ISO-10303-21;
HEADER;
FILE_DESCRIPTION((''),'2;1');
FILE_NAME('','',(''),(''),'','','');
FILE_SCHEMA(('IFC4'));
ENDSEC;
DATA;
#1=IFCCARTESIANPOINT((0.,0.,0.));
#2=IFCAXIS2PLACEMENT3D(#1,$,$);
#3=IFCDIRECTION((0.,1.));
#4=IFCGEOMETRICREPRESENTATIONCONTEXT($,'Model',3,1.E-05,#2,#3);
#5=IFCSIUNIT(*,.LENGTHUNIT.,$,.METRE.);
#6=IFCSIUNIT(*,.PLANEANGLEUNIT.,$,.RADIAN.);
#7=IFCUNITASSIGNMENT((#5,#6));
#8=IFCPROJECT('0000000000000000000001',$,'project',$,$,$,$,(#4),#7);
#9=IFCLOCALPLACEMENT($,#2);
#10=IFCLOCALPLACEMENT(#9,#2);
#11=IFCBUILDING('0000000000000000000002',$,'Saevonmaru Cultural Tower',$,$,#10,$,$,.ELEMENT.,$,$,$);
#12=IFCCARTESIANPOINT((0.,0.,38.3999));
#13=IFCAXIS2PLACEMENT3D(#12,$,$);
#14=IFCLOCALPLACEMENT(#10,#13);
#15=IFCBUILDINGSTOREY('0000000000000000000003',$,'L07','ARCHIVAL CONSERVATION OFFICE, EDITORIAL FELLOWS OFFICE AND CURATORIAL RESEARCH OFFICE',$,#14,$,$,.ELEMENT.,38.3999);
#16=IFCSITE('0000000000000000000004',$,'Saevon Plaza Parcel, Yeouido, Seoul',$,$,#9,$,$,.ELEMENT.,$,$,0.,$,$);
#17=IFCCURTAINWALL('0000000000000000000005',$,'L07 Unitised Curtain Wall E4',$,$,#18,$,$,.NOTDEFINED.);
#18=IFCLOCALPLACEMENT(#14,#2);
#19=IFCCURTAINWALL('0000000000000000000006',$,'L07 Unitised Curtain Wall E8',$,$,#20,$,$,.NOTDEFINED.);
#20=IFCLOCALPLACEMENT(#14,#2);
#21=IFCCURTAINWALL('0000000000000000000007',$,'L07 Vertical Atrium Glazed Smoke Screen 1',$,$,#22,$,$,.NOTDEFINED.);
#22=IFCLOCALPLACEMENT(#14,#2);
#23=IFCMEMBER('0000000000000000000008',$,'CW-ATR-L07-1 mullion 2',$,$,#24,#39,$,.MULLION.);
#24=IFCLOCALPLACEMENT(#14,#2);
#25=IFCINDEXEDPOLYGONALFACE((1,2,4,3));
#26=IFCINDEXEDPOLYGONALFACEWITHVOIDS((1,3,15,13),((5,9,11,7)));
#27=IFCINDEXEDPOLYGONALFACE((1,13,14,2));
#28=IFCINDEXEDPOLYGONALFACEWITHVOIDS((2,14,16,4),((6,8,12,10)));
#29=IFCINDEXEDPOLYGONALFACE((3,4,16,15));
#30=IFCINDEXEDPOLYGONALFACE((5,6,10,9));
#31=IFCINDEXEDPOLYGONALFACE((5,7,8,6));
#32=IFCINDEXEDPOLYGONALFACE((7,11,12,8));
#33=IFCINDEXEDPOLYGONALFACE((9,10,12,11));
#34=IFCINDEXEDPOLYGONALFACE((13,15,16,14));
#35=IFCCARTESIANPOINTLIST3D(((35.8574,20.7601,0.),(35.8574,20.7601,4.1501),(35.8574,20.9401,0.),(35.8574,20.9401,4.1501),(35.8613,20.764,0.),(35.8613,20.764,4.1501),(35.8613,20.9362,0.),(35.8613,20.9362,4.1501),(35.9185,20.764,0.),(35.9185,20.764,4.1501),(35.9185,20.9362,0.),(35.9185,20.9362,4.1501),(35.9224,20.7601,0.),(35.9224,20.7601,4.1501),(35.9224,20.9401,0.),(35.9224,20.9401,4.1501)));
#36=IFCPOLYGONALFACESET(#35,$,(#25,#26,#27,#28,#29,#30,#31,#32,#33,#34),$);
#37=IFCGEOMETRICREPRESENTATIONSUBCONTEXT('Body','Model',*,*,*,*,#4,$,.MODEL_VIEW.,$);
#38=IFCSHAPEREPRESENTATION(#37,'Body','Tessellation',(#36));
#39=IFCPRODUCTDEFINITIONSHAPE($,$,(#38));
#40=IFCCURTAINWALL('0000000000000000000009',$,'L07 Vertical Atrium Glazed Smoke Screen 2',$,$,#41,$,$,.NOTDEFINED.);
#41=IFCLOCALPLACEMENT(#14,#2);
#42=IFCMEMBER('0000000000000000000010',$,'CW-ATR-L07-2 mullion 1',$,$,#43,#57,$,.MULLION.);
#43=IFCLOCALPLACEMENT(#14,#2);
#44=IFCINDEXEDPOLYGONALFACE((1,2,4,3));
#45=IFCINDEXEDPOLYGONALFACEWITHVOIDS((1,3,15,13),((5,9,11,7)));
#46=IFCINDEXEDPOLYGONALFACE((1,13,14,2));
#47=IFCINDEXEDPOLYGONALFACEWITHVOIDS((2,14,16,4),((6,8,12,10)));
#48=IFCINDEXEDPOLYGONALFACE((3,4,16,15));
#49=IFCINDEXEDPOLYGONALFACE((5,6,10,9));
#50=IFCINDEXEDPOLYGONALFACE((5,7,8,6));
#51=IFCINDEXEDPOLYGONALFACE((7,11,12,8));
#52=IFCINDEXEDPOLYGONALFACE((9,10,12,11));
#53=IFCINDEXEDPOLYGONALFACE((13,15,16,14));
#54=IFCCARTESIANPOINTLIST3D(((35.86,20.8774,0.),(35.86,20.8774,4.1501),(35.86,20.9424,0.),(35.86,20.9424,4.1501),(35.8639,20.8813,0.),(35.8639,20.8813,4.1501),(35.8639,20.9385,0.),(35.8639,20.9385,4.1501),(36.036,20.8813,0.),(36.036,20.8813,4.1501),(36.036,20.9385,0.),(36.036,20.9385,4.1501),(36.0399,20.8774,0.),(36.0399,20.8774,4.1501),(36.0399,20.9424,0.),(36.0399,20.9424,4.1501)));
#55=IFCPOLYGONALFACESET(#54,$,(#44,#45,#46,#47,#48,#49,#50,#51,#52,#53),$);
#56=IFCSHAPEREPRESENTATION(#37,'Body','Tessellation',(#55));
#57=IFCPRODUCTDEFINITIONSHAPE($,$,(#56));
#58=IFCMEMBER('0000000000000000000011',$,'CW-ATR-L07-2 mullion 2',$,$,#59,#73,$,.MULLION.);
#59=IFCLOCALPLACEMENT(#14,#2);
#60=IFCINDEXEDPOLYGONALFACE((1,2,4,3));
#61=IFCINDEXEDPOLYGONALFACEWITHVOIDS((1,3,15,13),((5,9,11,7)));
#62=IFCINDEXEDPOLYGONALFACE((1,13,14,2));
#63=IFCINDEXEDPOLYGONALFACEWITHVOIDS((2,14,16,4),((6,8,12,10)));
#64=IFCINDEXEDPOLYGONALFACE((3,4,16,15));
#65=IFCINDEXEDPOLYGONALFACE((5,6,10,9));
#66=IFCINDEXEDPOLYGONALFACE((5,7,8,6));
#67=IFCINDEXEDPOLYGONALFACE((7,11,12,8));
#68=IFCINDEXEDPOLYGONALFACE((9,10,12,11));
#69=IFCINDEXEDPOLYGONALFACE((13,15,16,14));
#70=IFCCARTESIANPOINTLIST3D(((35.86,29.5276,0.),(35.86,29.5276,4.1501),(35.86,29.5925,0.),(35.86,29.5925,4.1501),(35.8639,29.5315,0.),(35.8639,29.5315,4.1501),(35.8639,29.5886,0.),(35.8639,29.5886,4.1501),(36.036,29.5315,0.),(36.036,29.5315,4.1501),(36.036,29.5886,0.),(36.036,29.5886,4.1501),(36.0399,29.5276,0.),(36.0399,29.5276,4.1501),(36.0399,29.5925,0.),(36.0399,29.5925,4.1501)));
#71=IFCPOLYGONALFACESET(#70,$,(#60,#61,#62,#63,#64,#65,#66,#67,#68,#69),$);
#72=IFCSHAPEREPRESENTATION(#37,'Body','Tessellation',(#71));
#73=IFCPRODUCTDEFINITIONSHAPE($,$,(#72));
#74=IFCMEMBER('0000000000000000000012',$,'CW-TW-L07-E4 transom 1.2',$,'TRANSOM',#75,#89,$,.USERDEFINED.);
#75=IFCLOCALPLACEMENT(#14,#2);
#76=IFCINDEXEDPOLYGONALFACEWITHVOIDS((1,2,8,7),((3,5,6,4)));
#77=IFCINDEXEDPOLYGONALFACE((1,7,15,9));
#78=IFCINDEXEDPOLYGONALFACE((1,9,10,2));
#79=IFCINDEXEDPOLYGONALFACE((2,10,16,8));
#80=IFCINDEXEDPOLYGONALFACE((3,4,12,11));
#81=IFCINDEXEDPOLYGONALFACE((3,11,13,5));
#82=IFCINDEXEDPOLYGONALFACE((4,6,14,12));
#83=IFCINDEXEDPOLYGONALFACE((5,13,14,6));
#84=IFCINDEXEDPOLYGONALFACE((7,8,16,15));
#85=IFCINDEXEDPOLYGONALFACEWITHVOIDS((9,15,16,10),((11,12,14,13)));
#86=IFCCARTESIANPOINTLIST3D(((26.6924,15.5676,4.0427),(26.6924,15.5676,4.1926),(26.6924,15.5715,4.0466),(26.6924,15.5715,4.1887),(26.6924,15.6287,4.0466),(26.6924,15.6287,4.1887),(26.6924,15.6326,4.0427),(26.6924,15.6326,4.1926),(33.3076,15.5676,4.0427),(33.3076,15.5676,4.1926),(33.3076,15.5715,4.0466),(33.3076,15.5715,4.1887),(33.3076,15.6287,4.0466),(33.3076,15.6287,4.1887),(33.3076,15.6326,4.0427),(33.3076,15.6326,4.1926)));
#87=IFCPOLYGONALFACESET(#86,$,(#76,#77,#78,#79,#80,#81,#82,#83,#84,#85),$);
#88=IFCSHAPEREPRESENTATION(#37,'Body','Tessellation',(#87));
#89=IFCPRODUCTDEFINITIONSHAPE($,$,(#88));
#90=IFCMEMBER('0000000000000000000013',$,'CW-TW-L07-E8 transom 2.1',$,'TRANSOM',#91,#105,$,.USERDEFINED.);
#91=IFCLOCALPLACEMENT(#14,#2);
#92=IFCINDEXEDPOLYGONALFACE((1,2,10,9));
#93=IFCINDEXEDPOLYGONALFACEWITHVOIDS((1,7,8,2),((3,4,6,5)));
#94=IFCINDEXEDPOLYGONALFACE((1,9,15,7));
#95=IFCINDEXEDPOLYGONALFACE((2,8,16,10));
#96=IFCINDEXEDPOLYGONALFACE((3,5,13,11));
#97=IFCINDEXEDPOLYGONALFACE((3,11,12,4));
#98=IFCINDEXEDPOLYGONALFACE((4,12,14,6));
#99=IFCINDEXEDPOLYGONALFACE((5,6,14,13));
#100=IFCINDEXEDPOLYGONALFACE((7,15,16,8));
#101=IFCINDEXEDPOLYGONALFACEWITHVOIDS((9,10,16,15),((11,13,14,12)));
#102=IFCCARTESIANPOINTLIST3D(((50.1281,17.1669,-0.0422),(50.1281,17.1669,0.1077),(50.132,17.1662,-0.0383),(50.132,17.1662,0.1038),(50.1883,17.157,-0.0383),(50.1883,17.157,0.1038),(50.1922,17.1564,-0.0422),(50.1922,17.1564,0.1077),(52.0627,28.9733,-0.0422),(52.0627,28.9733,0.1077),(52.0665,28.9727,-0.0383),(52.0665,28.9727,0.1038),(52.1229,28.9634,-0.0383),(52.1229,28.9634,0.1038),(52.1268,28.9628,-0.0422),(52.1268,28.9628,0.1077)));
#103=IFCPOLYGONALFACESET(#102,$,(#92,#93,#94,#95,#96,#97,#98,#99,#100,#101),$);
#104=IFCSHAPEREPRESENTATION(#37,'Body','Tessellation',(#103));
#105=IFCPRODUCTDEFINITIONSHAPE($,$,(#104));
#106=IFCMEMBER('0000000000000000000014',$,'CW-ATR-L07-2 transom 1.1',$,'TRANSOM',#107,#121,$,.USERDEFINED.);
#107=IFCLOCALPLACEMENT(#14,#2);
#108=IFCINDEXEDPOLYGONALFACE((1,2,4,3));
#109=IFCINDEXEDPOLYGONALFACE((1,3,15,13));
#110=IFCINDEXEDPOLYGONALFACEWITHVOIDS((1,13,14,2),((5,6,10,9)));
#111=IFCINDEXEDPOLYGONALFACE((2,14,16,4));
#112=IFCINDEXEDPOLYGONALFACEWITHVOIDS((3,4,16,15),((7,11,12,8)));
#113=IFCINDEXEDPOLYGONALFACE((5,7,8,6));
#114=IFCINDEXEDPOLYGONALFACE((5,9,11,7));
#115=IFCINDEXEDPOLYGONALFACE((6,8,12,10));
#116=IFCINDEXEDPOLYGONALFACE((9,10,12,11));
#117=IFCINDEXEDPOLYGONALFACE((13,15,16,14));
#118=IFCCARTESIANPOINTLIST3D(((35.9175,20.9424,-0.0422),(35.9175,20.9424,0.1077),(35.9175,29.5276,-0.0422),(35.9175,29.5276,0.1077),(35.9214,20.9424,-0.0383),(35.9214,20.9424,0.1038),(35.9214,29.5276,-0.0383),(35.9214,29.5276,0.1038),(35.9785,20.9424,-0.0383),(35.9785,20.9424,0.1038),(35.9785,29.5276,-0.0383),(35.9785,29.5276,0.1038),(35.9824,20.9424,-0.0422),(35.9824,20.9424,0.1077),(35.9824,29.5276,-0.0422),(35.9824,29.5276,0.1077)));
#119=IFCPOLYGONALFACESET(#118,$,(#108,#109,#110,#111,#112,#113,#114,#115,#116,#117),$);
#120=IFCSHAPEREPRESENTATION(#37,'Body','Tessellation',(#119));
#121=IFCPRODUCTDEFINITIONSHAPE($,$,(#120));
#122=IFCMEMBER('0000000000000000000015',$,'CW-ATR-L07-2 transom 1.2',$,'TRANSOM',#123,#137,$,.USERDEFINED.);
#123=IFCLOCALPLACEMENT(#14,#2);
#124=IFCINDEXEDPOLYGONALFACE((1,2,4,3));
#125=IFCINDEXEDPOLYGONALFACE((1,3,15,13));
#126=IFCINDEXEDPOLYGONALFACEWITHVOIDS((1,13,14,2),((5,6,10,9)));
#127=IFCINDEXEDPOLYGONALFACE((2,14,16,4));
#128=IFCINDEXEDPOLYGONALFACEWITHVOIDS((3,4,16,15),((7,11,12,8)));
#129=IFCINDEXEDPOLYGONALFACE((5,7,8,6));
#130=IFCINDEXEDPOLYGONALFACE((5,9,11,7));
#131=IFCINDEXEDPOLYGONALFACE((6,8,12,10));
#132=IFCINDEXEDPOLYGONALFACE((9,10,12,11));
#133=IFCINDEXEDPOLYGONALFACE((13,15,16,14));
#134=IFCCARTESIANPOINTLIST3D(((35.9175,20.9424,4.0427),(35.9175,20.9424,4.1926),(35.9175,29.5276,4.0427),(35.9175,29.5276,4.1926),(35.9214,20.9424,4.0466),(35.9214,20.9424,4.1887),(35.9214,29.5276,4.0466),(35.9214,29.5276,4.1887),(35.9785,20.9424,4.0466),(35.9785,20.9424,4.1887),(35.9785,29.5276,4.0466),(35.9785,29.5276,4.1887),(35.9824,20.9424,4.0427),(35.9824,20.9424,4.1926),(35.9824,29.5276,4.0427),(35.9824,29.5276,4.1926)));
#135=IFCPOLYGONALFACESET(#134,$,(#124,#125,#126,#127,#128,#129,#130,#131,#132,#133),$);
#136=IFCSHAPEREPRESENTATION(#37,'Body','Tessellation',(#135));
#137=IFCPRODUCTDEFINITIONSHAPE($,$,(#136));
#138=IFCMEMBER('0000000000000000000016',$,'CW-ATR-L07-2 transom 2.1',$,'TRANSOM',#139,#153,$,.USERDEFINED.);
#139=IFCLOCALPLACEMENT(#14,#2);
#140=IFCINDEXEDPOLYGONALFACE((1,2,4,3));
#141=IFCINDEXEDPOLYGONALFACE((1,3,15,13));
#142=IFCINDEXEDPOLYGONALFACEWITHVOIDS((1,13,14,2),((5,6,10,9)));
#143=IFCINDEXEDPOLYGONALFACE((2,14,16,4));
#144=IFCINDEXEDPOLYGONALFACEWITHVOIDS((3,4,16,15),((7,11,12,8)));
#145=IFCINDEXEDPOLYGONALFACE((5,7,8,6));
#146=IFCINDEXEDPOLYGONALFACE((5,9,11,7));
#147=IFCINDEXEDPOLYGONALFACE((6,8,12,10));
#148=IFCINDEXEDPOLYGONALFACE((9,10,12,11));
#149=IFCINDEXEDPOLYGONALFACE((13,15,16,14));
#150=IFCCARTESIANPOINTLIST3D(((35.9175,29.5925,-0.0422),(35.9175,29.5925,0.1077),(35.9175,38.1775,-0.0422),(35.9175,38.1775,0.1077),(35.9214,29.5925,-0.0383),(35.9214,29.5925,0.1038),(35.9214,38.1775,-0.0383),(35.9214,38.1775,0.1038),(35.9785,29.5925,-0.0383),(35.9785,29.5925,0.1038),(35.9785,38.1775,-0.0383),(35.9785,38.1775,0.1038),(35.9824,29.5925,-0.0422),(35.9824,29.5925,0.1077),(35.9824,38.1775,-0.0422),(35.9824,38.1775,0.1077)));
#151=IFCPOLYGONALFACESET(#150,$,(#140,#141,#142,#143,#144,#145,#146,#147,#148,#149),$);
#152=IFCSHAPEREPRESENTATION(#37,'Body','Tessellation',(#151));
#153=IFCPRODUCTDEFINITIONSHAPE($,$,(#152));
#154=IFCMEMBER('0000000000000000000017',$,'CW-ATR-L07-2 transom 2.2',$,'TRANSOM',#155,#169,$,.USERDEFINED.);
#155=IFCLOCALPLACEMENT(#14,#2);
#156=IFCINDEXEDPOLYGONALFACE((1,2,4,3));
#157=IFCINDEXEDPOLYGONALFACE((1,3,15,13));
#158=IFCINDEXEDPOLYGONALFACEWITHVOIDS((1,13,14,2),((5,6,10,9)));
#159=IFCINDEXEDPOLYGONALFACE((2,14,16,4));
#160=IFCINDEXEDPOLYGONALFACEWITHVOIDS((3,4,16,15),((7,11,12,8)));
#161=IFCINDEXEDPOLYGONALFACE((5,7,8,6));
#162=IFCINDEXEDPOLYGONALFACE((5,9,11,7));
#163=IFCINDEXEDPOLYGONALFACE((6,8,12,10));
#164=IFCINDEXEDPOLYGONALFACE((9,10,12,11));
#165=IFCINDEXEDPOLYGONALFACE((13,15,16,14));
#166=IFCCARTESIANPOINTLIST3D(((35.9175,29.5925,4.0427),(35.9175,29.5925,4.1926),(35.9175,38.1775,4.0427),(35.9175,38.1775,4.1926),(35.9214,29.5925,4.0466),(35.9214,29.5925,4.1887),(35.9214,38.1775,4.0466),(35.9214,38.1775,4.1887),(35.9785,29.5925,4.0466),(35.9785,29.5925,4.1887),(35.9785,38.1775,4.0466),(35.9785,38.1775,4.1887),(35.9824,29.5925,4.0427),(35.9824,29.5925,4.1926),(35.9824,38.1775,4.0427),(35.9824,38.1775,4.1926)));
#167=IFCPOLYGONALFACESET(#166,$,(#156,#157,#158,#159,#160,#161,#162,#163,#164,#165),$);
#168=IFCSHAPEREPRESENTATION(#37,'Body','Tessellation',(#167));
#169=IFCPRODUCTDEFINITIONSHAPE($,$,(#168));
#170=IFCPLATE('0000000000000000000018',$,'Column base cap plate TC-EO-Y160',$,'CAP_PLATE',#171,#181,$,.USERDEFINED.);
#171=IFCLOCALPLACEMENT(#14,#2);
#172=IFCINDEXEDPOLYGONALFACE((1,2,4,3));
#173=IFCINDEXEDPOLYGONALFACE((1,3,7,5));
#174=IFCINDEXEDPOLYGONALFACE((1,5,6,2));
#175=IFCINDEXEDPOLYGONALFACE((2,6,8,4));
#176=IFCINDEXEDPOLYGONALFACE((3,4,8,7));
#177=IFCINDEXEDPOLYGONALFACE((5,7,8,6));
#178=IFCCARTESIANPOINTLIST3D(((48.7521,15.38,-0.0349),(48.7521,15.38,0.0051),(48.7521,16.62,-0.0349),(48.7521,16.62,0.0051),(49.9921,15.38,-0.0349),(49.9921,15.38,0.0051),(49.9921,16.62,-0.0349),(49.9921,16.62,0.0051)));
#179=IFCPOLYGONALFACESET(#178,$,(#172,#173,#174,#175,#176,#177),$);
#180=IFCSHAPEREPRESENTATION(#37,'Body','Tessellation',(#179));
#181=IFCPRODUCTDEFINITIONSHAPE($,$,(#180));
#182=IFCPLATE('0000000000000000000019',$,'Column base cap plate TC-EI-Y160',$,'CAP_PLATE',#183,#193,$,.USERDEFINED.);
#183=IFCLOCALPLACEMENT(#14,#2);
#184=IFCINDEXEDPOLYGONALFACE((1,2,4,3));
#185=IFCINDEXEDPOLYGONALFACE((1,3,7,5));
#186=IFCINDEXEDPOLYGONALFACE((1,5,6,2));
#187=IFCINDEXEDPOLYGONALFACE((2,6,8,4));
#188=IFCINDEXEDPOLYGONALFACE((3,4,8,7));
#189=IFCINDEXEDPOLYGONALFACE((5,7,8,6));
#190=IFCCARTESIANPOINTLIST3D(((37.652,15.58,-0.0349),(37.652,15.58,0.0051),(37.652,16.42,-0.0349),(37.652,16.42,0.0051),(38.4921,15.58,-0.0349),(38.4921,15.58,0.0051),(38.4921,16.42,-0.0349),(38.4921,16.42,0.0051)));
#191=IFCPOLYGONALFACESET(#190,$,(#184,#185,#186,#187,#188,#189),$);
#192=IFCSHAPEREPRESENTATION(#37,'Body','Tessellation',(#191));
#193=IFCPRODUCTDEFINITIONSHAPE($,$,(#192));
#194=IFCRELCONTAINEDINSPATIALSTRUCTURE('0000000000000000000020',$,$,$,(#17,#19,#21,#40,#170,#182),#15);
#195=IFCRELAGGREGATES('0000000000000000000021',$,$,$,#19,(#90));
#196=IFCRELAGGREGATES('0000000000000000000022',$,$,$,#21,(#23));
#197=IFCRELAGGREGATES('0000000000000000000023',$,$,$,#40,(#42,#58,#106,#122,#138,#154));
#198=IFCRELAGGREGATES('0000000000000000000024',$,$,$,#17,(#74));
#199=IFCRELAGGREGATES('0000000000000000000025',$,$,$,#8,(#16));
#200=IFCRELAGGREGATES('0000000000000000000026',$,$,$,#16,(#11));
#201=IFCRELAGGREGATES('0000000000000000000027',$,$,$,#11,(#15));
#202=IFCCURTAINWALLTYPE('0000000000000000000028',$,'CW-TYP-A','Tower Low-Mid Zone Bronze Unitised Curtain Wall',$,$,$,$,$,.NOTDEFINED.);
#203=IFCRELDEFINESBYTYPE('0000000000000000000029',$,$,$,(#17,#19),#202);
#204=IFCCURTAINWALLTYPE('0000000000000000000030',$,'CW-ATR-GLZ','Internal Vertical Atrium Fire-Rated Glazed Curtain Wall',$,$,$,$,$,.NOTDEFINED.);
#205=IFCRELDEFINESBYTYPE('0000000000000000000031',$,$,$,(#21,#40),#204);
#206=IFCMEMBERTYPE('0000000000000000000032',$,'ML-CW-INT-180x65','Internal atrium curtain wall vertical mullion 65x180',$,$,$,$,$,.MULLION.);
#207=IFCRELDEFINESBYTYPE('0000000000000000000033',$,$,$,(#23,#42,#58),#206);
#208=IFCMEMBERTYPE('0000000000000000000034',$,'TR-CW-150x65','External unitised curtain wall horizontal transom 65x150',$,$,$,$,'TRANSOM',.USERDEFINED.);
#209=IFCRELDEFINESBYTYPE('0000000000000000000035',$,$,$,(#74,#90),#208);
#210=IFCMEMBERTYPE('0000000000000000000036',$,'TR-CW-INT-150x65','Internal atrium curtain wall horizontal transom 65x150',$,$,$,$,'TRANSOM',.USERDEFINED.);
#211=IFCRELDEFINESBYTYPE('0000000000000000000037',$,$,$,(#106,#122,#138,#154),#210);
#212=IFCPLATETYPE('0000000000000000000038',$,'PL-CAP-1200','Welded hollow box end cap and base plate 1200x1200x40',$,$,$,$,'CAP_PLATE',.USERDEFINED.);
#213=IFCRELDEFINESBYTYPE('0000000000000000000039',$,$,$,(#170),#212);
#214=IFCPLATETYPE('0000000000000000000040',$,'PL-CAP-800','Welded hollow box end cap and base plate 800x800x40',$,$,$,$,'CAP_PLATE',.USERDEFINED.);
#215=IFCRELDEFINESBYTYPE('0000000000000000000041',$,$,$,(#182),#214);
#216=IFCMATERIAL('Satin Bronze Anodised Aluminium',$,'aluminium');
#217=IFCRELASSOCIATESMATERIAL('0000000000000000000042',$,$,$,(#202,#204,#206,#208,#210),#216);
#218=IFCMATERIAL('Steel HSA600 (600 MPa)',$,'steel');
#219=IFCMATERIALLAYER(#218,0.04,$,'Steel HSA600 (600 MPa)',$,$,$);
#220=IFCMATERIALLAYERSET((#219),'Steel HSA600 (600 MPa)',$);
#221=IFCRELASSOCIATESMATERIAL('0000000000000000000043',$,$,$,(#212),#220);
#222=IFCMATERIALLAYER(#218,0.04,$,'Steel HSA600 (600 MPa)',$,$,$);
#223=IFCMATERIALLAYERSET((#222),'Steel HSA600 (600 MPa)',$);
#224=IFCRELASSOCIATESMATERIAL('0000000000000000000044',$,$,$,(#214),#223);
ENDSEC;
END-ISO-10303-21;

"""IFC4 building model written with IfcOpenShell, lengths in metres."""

from ifc_helpers import new_model, si_unit, direction, frame, origin, origin_2d, place, context, subcontext, project, spatial, rectangle, hollow_rectangle, extrude, material, layer, layer_set, material_profile, profile_set, type_object, element, aggregate, save


model = new_model("IFC4")

# Units and contexts
model_context = context("Model", 3, precision=1e-05, world=origin(), true_north=direction((0.0, 1.0)))
body_context = subcontext(model_context, "Body", "Model", "MODEL_VIEW")
ifc_project = project(units=[si_unit("LENGTHUNIT", "METRE"), si_unit("PLANEANGLEUNIT", "RADIAN")], contexts=[model_context])

# Site, building, storey
site_placement = place(None, origin())
site = spatial("IfcSite", under=ifc_project, at=site_placement, Name="Saevon Plaza Parcel, Yeouido, Seoul", CompositionType="ELEMENT", RefElevation=0.0)
building_placement = place(site_placement, origin())
building = spatial("IfcBuilding", under=site, at=building_placement, Name="Saevonmaru Cultural Tower", CompositionType="ELEMENT")
storey_placement = place(building_placement, frame((0.0, 0.0, 38.3999)))
storey = spatial("IfcBuildingStorey", under=building, at=storey_placement, Name="L07", Description="ARCHIVAL CONSERVATION OFFICE, EDITORIAL FELLOWS OFFICE AND CURATORIAL RESEARCH OFFICE", CompositionType="ELEMENT", Elevation=38.3999)

# Shared definitions
ifc_material_1 = material(Name="Steel HSA600 (600 MPa)", Category="steel")

# Curtain walls, member
ifc_material_2 = material(Name="Satin Bronze Anodised Aluminium", Category="aluminium")
curtain_wall_type_1 = type_object("IfcCurtainWallType", Name="CW-TYP-A", Description="Tower Low-Mid Zone Bronze Unitised Curtain Wall", PredefinedType="NOTDEFINED", material=ifc_material_2)
curtain_wall_1_placement = place(storey_placement, origin())
curtain_wall_1 = element("IfcCurtainWall", 1, at=curtain_wall_1_placement, inside=storey, type_object=curtain_wall_type_1, Name="L07 Unitised Curtain Wall E4", PredefinedType="NOTDEFINED")
curtain_wall_2_placement = place(storey_placement, origin())
curtain_wall_2 = element("IfcCurtainWall", 2, at=curtain_wall_2_placement, inside=storey, type_object=curtain_wall_type_1, Name="L07 Unitised Curtain Wall E8", PredefinedType="NOTDEFINED")
curtain_wall_type_2 = type_object("IfcCurtainWallType", Name="CW-ATR-GLZ", Description="Internal Vertical Atrium Fire-Rated Glazed Curtain Wall", PredefinedType="NOTDEFINED", material=ifc_material_2)
curtain_wall_3_placement = place(storey_placement, origin())
curtain_wall_3 = element("IfcCurtainWall", 3, at=curtain_wall_3_placement, inside=storey, type_object=curtain_wall_type_2, Name="L07 Vertical Atrium Glazed Smoke Screen 1", PredefinedType="NOTDEFINED")
ifc_material_profile_1 = material_profile(ifc_material_2, hollow_rectangle(XDim=0.0649, YDim=0.1799, WallThickness=0.0039, at=origin_2d()), Name="ALU-MULL-180x65x4")
ifc_profile_set_1 = profile_set([ifc_material_profile_1], Name="Satin Bronze Anodised Aluminium")
member_type_1 = type_object("IfcMemberType", Name="ML-CW-INT-180x65", Description="Internal atrium curtain wall vertical mullion 65x180", PredefinedType="MULLION", material=ifc_profile_set_1)
member_1_placement = place(storey_placement, frame((35.8899, 20.8501, 0.0), z_axis=(0.0, 0.0, 1.0), x_axis=(1.0, 0.0, 0.0)))
member_1 = element("IfcMember", 4, at=member_1_placement, type_object=member_type_1, Name="CW-ATR-L07-1 mullion 2", PredefinedType="MULLION", context=body_context, shape_type="SweptSolid", body=[
    extrude(hollow_rectangle(XDim=0.0649, YDim=0.1799, WallThickness=0.0039, at=origin_2d()), origin(), (0.0, 0.0, 1.0), 4.1501),
])

# Curtain wall, members
curtain_wall_4_placement = place(storey_placement, origin())
curtain_wall_4 = element("IfcCurtainWall", 5, at=curtain_wall_4_placement, inside=storey, type_object=curtain_wall_type_2, Name="L07 Vertical Atrium Glazed Smoke Screen 2", PredefinedType="NOTDEFINED")
member_2_placement = place(storey_placement, frame((35.95, 20.9099, 0.0), z_axis=(0.0, 0.0, 1.0), x_axis=(0.0, 1.0, 0.0)))
member_2 = element("IfcMember", 6, at=member_2_placement, type_object=member_type_1, Name="CW-ATR-L07-2 mullion 1", PredefinedType="MULLION", context=body_context, shape_type="SweptSolid", body=[
    extrude(hollow_rectangle(XDim=0.0649, YDim=0.1799, WallThickness=0.0039, at=origin_2d()), origin(), (0.0, 0.0, 1.0), 4.1501),
])
member_3_placement = place(storey_placement, frame((35.95, 29.5601, 0.0), z_axis=(0.0, 0.0, 1.0), x_axis=(0.0, 1.0, 0.0)))
member_3 = element("IfcMember", 7, at=member_3_placement, type_object=member_type_1, Name="CW-ATR-L07-2 mullion 2", PredefinedType="MULLION", context=body_context, shape_type="SweptSolid", body=[
    extrude(hollow_rectangle(XDim=0.0649, YDim=0.1799, WallThickness=0.0039, at=origin_2d()), origin(), (0.0, 0.0, 1.0), 4.1501),
])

# Members
ifc_material_profile_2 = material_profile(ifc_material_2, hollow_rectangle(XDim=0.0649, YDim=0.1499, WallThickness=0.0039, at=origin_2d()), Name="ALU-TRAN-150x65x4")
ifc_profile_set_2 = profile_set([ifc_material_profile_2], Name="Satin Bronze Anodised Aluminium")
member_type_2 = type_object("IfcMemberType", Name="TR-CW-150x65", Description="External unitised curtain wall horizontal transom 65x150", ElementType="TRANSOM", PredefinedType="USERDEFINED", material=ifc_profile_set_2)
member_4_placement = place(storey_placement, frame((26.6924, 15.6001, 4.1177), z_axis=(1.0, 0.0, 0.0), x_axis=(0.0, 1.0, 0.0)))
member_4 = element("IfcMember", 8, at=member_4_placement, type_object=member_type_2, Name="CW-TW-L07-E4 transom 1.2", ObjectType="TRANSOM", PredefinedType="USERDEFINED", context=body_context, shape_type="SweptSolid", body=[
    extrude(hollow_rectangle(XDim=0.0649, YDim=0.1499, WallThickness=0.0039, at=origin_2d()), origin(), (0.0, 0.0, 1.0), 6.6152),
])
member_5_placement = place(storey_placement, frame((50.1602, 17.1616, 0.0327), z_axis=(0.161701, 0.98684, 0.0), x_axis=(-0.98684, 0.161701, 0.0)))
member_5 = element("IfcMember", 9, at=member_5_placement, type_object=member_type_2, Name="CW-TW-L07-E8 transom 2.1", ObjectType="TRANSOM", PredefinedType="USERDEFINED", context=body_context, shape_type="SweptSolid", body=[
    extrude(hollow_rectangle(XDim=0.0649, YDim=0.1499, WallThickness=0.0039, at=origin_2d()), origin(), (0.0, 0.0, 1.0), 11.9639),
])
aggregate(curtain_wall_2, [member_5])
ifc_material_profile_3 = material_profile(ifc_material_2, hollow_rectangle(XDim=0.0649, YDim=0.1499, WallThickness=0.0039, at=origin_2d()), Name="ALU-TRAN-150x65x4")
ifc_profile_set_3 = profile_set([ifc_material_profile_3], Name="Satin Bronze Anodised Aluminium")
member_type_3 = type_object("IfcMemberType", Name="TR-CW-INT-150x65", Description="Internal atrium curtain wall horizontal transom 65x150", ElementType="TRANSOM", PredefinedType="USERDEFINED", material=ifc_profile_set_3)
member_6_placement = place(storey_placement, frame((35.95, 20.9424, 0.0327), z_axis=(0.0, 1.0, 0.0), x_axis=(-1.0, 0.0, 0.0)))
member_6 = element("IfcMember", 10, at=member_6_placement, type_object=member_type_3, Name="CW-ATR-L07-2 transom 1.1", ObjectType="TRANSOM", PredefinedType="USERDEFINED", context=body_context, shape_type="SweptSolid", body=[
    extrude(hollow_rectangle(XDim=0.0649, YDim=0.1499, WallThickness=0.0039, at=origin_2d()), origin(), (0.0, 0.0, 1.0), 8.5852),
])
member_7_placement = place(storey_placement, frame((35.95, 20.9424, 4.1177), z_axis=(0.0, 1.0, 0.0), x_axis=(-1.0, 0.0, 0.0)))
member_7 = element("IfcMember", 11, at=member_7_placement, type_object=member_type_3, Name="CW-ATR-L07-2 transom 1.2", ObjectType="TRANSOM", PredefinedType="USERDEFINED", context=body_context, shape_type="SweptSolid", body=[
    extrude(hollow_rectangle(XDim=0.0649, YDim=0.1499, WallThickness=0.0039, at=origin_2d()), origin(), (0.0, 0.0, 1.0), 8.5852),
])
member_8_placement = place(storey_placement, frame((35.95, 29.5925, 0.0327), z_axis=(0.0, 1.0, 0.0), x_axis=(-1.0, 0.0, 0.0)))
member_8 = element("IfcMember", 12, at=member_8_placement, type_object=member_type_3, Name="CW-ATR-L07-2 transom 2.1", ObjectType="TRANSOM", PredefinedType="USERDEFINED", context=body_context, shape_type="SweptSolid", body=[
    extrude(hollow_rectangle(XDim=0.0649, YDim=0.1499, WallThickness=0.0039, at=origin_2d()), origin(), (0.0, 0.0, 1.0), 8.585),
])
member_9_placement = place(storey_placement, frame((35.95, 29.5925, 4.1177), z_axis=(0.0, 1.0, 0.0), x_axis=(-1.0, 0.0, 0.0)))
member_9 = element("IfcMember", 13, at=member_9_placement, type_object=member_type_3, Name="CW-ATR-L07-2 transom 2.2", ObjectType="TRANSOM", PredefinedType="USERDEFINED", context=body_context, shape_type="SweptSolid", body=[
    extrude(hollow_rectangle(XDim=0.0649, YDim=0.1499, WallThickness=0.0039, at=origin_2d()), origin(), (0.0, 0.0, 1.0), 8.585),
])

# Plates
ifc_layer_1 = layer(ifc_material_1, 0.04, Name="Steel HSA600 (600 MPa)")
ifc_layer_set_1 = layer_set([ifc_layer_1], Name="Steel HSA600 (600 MPa)")
plate_type_1 = type_object("IfcPlateType", Name="PL-CAP-1200", Description="Welded hollow box end cap and base plate 1200x1200x40", ElementType="CAP_PLATE", PredefinedType="USERDEFINED", material=ifc_layer_set_1)
plate_1_placement = place(storey_placement, frame((49.3721, 16.0, -0.0349), z_axis=(0.0, 0.0, 1.0), x_axis=(1.0, 0.0, 0.0)))
element("IfcPlate", 14, at=plate_1_placement, inside=storey, type_object=plate_type_1, Name="Column base cap plate TC-EO-Y160", ObjectType="CAP_PLATE", PredefinedType="USERDEFINED", context=body_context, shape_type="SweptSolid", body=[
    extrude(rectangle(XDim=1.24, YDim=1.24, at=origin_2d()), origin(), (0.0, 0.0, 1.0), 0.04),
])
ifc_layer_2 = layer(ifc_material_1, 0.04, Name="Steel HSA600 (600 MPa)")
ifc_layer_set_2 = layer_set([ifc_layer_2], Name="Steel HSA600 (600 MPa)")
plate_type_2 = type_object("IfcPlateType", Name="PL-CAP-800", Description="Welded hollow box end cap and base plate 800x800x40", ElementType="CAP_PLATE", PredefinedType="USERDEFINED", material=ifc_layer_set_2)
for number, where, z_axis, x_axis, name in (
    (15, (38.072, 16.0, -0.0349), (0.0, 0.0, 1.0), (1.0, 0.0, 0.0), "Column base cap plate TC-EI-Y160"),
):
    element("IfcPlate", number, at=place(storey_placement, frame(where, z_axis=z_axis, x_axis=x_axis)), inside=storey, type_object=plate_type_2, Name=name, ObjectType="CAP_PLATE", PredefinedType="USERDEFINED", context=body_context, shape_type="SweptSolid", body=[
        extrude(rectangle(XDim=0.8401, YDim=0.8401, at=origin_2d()), origin(), (0.0, 0.0, 1.0), 0.04),
    ])

aggregate(curtain_wall_3, [member_1])
aggregate(curtain_wall_4, [member_2, member_3, member_6, member_7, member_8, member_9])
aggregate(curtain_wall_1, [member_4])

save(model, "model.ifc")
